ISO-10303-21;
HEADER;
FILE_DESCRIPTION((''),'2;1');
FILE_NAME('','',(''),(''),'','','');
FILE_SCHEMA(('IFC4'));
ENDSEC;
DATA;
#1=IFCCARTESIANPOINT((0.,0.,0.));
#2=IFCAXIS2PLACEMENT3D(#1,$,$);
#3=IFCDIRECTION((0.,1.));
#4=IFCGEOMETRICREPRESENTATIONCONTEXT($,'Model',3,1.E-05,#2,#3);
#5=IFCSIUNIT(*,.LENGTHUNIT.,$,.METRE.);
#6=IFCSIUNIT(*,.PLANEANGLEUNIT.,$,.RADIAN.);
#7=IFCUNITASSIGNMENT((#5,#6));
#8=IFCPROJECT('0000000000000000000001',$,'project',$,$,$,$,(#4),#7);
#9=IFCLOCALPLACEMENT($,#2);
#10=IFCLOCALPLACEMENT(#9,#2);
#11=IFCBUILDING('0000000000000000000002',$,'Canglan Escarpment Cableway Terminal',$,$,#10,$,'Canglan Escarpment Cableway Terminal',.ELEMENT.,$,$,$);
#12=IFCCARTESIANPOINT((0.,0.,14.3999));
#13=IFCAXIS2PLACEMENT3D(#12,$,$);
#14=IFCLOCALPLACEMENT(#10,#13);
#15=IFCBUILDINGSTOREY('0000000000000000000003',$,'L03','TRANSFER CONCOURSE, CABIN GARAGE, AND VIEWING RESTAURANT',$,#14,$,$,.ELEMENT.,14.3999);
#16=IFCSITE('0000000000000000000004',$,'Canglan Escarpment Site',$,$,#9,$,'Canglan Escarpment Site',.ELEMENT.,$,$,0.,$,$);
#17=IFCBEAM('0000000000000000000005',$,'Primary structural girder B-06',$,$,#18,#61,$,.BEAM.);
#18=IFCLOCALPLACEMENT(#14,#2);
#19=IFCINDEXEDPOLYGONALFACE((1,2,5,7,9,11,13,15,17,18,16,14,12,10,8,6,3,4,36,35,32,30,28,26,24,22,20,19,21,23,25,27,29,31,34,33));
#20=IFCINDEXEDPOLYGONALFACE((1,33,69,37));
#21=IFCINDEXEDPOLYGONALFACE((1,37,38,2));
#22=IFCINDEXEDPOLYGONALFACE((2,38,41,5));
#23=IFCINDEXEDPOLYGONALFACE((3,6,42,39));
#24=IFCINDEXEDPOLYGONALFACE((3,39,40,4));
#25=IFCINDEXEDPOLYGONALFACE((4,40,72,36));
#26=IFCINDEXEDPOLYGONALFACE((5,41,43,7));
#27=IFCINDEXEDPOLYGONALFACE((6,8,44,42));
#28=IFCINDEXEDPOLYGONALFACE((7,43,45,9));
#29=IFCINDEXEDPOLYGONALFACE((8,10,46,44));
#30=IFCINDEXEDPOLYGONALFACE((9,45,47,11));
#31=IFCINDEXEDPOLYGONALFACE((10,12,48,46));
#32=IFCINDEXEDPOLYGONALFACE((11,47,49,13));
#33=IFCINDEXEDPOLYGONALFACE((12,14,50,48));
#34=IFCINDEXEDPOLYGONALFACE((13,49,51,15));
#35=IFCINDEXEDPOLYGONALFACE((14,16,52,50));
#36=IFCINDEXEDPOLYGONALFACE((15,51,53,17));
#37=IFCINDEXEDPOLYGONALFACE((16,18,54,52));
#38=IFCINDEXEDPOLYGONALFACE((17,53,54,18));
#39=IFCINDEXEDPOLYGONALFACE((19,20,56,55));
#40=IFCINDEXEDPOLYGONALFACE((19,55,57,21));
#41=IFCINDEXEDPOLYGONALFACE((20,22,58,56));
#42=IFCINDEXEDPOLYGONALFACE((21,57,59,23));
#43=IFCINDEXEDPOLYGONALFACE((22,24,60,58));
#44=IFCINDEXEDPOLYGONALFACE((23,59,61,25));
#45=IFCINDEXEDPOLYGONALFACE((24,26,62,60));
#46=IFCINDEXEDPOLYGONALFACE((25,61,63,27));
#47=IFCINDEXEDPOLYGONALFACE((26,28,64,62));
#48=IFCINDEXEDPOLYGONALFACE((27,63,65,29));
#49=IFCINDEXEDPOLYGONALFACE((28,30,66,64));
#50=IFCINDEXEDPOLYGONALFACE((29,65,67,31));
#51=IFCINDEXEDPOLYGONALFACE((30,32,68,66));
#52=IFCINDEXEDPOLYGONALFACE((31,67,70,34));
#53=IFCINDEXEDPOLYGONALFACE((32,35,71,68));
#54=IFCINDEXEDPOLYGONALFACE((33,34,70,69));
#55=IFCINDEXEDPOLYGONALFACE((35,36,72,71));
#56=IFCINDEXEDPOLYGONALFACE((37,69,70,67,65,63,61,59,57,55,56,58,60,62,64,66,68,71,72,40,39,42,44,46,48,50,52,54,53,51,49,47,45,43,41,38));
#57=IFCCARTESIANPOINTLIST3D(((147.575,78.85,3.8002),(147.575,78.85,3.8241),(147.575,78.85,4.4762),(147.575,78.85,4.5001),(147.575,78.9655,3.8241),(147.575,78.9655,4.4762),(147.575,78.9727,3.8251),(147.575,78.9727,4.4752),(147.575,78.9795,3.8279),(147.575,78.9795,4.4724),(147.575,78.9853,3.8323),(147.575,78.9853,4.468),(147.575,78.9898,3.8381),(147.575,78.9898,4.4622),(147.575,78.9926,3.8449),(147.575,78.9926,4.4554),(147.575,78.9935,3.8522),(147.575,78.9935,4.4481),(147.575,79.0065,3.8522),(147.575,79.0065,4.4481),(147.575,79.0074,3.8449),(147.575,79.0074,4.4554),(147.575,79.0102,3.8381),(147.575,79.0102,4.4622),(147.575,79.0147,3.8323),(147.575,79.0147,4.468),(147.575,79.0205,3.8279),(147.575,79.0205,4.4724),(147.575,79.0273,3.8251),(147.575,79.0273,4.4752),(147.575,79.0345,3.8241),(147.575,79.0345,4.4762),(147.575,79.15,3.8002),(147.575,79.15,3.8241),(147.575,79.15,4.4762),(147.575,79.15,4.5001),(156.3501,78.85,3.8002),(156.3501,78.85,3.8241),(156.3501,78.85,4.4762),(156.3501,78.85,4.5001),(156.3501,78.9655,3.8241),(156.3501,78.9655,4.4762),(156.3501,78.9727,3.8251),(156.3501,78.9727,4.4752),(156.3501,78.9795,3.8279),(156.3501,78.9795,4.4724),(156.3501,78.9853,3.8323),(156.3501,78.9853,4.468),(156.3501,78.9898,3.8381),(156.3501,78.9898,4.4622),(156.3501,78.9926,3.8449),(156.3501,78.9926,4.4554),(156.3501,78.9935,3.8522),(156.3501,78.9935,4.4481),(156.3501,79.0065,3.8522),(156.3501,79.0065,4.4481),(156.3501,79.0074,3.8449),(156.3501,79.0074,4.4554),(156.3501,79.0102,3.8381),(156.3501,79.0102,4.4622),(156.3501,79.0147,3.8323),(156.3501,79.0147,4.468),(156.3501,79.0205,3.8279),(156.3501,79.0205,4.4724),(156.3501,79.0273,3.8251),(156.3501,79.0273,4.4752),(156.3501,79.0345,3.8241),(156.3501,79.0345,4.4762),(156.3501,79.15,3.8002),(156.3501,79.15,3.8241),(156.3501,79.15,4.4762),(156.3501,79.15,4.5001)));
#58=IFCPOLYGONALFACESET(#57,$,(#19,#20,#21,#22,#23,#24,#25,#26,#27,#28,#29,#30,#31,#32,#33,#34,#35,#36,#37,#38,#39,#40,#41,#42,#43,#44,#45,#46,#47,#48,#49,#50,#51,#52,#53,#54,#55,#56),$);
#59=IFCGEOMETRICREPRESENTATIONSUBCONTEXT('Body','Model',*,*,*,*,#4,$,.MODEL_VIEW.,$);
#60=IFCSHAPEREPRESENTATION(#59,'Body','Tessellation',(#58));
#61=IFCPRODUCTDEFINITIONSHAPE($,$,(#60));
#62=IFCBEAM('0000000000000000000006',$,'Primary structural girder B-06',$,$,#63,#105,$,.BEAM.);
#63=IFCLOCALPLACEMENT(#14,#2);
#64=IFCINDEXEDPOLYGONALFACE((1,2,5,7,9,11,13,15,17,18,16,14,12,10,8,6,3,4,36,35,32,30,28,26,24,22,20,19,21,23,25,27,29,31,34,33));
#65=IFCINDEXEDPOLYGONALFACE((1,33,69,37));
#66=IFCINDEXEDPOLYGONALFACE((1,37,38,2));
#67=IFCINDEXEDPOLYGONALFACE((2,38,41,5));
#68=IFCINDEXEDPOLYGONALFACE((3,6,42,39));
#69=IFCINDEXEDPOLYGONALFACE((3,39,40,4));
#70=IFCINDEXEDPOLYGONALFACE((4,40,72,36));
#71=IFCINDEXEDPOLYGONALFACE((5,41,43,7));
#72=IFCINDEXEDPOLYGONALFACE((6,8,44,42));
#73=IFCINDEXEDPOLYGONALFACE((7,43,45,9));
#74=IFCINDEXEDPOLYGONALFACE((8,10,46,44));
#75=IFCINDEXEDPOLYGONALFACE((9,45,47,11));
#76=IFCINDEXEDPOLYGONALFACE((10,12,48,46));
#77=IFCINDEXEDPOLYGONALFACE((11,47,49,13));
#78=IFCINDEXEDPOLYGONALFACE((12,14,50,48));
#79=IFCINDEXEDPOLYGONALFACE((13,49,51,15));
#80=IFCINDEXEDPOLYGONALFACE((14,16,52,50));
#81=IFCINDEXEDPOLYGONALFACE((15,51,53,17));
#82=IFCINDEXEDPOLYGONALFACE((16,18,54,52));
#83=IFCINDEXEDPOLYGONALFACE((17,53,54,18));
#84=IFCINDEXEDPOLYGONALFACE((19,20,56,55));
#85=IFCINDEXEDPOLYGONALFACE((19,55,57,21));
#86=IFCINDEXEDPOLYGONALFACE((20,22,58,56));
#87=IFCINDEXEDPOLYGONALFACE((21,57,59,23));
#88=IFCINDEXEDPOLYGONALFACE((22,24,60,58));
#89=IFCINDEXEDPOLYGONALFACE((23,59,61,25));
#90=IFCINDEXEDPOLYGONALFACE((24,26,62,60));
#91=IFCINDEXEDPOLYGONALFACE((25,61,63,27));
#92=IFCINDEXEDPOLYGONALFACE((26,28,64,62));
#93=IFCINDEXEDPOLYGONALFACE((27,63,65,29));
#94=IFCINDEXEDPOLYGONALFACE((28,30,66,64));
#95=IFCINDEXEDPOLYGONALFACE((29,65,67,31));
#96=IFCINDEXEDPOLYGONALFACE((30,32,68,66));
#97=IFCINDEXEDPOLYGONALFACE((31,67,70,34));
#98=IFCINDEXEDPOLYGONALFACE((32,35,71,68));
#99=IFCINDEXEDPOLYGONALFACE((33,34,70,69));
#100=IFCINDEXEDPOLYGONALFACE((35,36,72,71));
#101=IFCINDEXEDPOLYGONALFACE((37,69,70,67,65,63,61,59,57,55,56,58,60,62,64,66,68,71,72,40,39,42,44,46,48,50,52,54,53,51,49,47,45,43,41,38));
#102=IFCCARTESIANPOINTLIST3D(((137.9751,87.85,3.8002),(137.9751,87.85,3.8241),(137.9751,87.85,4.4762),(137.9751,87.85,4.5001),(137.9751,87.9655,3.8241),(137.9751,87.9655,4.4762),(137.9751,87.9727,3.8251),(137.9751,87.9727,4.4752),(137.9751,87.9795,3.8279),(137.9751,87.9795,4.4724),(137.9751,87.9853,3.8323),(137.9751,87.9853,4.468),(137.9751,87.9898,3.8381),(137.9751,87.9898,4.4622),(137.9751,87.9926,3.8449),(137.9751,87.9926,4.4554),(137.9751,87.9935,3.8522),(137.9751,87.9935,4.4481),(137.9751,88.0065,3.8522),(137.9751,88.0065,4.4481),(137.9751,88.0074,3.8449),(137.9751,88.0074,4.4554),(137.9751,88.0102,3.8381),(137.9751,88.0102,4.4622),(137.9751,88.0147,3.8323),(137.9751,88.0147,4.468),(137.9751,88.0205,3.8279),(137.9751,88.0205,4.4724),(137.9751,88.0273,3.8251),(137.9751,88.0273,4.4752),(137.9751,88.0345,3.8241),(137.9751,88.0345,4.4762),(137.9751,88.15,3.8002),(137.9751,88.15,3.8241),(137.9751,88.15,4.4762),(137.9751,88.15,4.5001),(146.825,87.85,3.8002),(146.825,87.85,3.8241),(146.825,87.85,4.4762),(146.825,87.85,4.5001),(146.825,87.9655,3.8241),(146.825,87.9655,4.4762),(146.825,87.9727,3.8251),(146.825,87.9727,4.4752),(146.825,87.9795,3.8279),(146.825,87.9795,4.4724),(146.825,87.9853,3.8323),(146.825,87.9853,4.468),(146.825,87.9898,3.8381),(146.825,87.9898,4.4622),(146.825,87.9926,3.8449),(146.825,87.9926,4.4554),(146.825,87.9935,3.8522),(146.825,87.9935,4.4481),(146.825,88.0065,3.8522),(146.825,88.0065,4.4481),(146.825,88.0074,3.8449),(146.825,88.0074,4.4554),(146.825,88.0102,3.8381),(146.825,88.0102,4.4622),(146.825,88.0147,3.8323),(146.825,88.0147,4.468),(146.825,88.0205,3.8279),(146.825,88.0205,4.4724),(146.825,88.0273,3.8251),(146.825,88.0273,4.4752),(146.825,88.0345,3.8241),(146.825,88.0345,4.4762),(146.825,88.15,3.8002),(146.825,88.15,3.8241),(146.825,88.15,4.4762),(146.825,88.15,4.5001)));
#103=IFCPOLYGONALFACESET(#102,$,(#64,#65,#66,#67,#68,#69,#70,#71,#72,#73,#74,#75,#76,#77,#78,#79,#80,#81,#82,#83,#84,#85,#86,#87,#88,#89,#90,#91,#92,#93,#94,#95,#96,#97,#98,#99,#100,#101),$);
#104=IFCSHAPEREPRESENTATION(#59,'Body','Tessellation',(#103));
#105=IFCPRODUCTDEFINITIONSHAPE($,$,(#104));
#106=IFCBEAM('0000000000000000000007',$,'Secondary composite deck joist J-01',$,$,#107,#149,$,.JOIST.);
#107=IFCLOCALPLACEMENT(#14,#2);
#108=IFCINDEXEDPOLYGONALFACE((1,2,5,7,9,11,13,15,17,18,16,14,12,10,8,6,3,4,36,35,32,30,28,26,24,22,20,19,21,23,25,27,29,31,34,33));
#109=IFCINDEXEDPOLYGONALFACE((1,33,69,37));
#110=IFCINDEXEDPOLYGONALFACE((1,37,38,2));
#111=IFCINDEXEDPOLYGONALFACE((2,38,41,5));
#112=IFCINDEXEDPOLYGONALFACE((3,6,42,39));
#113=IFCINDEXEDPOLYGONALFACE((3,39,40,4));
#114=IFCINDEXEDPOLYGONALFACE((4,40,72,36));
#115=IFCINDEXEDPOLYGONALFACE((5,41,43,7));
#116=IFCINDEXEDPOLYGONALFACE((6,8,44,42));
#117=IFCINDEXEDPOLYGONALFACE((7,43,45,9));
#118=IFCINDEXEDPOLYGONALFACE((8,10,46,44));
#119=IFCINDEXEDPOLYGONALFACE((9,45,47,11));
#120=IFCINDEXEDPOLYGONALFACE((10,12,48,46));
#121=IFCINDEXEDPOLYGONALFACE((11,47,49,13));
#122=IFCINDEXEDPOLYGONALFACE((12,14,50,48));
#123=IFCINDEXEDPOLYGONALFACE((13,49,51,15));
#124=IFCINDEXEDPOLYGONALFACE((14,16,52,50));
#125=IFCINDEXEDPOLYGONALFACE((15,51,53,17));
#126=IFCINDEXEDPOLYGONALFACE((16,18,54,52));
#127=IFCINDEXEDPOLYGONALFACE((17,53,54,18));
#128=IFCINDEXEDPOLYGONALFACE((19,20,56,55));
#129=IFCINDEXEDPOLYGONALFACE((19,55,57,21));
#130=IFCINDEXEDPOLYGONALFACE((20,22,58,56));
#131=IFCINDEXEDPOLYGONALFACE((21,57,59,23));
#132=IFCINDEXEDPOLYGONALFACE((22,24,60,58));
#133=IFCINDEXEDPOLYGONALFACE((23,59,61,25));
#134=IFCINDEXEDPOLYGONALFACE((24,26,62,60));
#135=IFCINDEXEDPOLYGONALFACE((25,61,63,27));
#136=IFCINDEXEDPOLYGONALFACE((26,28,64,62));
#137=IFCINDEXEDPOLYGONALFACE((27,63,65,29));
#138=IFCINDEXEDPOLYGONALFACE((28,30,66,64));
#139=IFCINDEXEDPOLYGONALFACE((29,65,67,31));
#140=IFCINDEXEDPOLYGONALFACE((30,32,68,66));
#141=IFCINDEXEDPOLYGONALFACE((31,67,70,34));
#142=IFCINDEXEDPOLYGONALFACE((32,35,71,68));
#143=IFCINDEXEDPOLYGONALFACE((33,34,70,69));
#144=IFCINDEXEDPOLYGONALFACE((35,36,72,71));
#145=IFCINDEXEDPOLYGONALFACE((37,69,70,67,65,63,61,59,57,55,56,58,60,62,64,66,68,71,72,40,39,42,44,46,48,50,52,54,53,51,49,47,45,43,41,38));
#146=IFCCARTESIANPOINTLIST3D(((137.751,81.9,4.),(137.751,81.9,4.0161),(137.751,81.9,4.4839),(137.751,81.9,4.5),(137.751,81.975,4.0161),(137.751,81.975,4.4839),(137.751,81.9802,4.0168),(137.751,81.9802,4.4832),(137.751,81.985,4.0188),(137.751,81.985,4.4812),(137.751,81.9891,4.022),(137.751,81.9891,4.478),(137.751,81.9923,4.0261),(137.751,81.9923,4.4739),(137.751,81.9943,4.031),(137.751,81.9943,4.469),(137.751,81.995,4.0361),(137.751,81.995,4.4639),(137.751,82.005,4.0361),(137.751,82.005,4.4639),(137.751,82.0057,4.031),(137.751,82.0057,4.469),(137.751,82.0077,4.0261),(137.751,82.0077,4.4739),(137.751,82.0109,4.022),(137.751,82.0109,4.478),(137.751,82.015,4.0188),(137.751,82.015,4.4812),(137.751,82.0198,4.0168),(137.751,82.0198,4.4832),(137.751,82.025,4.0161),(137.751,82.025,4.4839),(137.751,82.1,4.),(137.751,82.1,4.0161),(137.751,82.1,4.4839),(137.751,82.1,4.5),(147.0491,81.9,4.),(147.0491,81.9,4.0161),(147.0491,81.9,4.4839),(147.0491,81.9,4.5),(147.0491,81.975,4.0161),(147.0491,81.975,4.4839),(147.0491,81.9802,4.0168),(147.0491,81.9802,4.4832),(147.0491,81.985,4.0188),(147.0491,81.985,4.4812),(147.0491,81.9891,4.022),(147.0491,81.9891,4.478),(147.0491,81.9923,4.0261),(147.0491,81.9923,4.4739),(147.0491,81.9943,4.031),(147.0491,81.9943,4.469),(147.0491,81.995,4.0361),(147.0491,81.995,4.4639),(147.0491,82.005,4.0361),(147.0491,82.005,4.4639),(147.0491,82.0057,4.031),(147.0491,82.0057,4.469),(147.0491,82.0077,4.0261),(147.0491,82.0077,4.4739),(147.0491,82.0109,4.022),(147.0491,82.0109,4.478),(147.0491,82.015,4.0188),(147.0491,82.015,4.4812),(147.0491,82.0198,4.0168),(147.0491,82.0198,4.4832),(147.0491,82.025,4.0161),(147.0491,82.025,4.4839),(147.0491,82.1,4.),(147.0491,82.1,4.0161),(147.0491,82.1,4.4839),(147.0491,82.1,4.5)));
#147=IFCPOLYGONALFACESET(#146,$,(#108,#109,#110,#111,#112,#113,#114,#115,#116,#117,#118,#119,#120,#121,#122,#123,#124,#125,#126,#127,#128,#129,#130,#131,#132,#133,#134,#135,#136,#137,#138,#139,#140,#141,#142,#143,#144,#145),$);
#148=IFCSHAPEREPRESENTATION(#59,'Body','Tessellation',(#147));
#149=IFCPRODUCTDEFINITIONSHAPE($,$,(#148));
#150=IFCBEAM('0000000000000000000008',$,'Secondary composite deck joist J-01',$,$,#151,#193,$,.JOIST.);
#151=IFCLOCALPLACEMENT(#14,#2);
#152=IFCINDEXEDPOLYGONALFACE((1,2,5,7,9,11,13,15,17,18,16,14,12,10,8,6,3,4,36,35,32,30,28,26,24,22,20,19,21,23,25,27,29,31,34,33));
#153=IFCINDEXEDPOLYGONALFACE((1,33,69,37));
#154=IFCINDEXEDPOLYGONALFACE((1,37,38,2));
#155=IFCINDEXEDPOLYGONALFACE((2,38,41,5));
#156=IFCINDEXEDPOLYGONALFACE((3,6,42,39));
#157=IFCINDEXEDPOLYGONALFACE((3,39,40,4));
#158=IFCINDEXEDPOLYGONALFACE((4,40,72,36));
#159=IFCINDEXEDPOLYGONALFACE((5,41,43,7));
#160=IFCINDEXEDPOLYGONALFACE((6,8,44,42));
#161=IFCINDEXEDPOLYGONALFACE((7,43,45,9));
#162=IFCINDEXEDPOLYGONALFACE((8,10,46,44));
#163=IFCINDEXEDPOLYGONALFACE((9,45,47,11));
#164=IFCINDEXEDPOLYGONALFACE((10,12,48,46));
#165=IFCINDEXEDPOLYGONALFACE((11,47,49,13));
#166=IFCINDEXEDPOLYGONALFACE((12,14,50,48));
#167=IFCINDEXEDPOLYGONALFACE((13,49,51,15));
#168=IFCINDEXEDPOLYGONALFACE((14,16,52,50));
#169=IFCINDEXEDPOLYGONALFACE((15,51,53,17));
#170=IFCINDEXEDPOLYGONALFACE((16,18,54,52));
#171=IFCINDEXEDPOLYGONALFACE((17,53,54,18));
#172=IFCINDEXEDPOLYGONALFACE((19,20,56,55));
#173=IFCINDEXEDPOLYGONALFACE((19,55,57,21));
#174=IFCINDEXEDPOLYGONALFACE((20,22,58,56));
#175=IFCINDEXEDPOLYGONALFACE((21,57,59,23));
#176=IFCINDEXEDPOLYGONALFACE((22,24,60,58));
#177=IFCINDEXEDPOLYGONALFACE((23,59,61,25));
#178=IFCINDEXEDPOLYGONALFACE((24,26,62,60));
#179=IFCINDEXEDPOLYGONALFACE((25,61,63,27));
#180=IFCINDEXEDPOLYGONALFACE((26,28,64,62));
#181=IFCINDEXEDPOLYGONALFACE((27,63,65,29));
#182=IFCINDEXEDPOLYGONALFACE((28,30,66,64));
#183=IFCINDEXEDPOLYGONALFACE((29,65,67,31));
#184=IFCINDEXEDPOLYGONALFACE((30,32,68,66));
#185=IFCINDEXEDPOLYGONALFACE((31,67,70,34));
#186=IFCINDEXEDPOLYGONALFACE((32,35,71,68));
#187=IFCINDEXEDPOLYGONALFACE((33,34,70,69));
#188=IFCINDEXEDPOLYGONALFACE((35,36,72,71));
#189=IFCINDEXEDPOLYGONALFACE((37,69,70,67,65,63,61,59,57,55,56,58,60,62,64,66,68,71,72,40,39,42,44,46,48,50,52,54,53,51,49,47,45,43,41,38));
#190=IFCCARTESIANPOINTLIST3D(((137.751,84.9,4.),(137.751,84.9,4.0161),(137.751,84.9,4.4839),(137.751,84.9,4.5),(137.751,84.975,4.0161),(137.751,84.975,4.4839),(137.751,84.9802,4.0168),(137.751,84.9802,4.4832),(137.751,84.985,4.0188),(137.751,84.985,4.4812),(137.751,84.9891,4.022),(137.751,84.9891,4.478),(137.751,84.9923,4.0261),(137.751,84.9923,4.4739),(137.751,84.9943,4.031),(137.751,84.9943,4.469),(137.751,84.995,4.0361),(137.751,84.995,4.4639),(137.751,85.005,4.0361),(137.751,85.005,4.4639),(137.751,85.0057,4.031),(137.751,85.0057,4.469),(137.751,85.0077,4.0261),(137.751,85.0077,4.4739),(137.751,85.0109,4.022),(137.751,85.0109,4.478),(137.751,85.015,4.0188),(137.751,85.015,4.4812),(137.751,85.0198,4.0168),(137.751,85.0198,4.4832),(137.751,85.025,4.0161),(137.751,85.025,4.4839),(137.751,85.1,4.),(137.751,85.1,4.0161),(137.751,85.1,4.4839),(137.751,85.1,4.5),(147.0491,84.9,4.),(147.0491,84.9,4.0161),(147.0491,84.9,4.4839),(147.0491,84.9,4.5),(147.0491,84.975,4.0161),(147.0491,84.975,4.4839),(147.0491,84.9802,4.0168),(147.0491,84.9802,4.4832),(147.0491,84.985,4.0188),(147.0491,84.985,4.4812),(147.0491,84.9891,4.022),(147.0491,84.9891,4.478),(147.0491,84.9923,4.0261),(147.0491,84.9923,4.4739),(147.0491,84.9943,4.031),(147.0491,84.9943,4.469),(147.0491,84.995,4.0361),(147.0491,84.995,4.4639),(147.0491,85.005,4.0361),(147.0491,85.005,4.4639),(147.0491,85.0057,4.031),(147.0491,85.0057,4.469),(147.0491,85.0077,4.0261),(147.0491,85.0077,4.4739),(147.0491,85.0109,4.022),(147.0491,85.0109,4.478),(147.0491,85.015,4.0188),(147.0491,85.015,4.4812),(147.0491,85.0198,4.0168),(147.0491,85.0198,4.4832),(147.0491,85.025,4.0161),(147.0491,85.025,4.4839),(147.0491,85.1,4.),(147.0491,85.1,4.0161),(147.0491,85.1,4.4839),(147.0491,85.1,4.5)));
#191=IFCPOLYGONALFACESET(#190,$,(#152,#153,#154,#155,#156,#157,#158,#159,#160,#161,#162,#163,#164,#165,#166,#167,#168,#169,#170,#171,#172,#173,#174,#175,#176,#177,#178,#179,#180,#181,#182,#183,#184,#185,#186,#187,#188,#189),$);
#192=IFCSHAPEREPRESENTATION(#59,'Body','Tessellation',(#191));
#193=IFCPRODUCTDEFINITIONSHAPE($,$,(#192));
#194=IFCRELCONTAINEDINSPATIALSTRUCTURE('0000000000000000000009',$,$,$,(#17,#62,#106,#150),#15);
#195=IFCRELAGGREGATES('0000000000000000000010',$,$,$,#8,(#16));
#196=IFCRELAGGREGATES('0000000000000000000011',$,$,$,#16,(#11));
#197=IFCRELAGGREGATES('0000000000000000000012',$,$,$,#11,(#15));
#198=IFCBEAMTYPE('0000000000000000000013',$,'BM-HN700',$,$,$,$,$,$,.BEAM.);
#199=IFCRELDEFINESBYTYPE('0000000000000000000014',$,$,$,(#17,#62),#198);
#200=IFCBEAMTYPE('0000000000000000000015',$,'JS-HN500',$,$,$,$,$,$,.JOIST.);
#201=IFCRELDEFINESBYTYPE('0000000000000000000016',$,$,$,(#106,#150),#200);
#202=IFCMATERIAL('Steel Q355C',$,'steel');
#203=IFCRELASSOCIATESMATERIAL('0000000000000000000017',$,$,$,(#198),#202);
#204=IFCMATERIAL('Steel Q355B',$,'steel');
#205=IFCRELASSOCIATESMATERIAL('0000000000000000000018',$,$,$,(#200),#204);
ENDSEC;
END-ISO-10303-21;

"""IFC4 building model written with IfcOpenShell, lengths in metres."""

from ifc_helpers import new_model, si_unit, direction, frame, origin, origin_2d, place, context, subcontext, project, spatial, i_section, extrude, material, material_profile, profile_set, type_object, element, save


model = new_model("IFC4")

# Units and contexts
model_context = context("Model", 3, precision=1e-05, world=origin(), true_north=direction((0.0, 1.0)))
body_context = subcontext(model_context, "Body", "Model", "MODEL_VIEW")
ifc_project = project(units=[si_unit("LENGTHUNIT", "METRE"), si_unit("PLANEANGLEUNIT", "RADIAN")], contexts=[model_context])

# Site, building, storey
site_placement = place(None, origin())
site = spatial("IfcSite", under=ifc_project, at=site_placement, Name="Canglan Escarpment Site", LongName="Canglan Escarpment Site", CompositionType="ELEMENT", RefElevation=0.0)
building_placement = place(site_placement, origin())
building = spatial("IfcBuilding", under=site, at=building_placement, Name="Canglan Escarpment Cableway Terminal", LongName="Canglan Escarpment Cableway Terminal", CompositionType="ELEMENT")
storey_placement = place(building_placement, frame((0.0, 0.0, 14.3999)))
storey = spatial("IfcBuildingStorey", under=building, at=storey_placement, Name="L03", Description="TRANSFER CONCOURSE, CABIN GARAGE, AND VIEWING RESTAURANT", CompositionType="ELEMENT", Elevation=14.3999)

# Beams
ifc_material_1 = material(Name="Steel Q355C", Category="steel")
ifc_material_profile_1 = material_profile(ifc_material_1, i_section(OverallWidth=0.3, OverallDepth=0.7, WebThickness=0.0129, FlangeThickness=0.0239, FilletRadius=0.0281, at=origin_2d()), Name="HN 700x300x13x24")
ifc_profile_set_1 = profile_set([ifc_material_profile_1], Name="Steel Q355C")
beam_type_1 = type_object("IfcBeamType", Name="BM-HN700", PredefinedType="BEAM", material=ifc_profile_set_1)
beam_1_placement = place(storey_placement, frame((147.575, 79.0, 4.1501), z_axis=(1.0, 0.0, 0.0), x_axis=(0.0, 1.0, 0.0)))
element("IfcBeam", 1, at=beam_1_placement, inside=storey, type_object=beam_type_1, Name="Primary structural girder B-06", PredefinedType="BEAM", context=body_context, shape_type="SweptSolid", body=[
    extrude(i_section(OverallWidth=0.3, OverallDepth=0.7, WebThickness=0.0129, FlangeThickness=0.0239, FilletRadius=0.0281, at=origin_2d()), origin(), (0.0, 0.0, 1.0), 8.7751),
])
beam_2_placement = place(storey_placement, frame((137.9751, 88.0, 4.1501), z_axis=(1.0, 0.0, 0.0), x_axis=(0.0, 1.0, 0.0)))
element("IfcBeam", 2, at=beam_2_placement, inside=storey, type_object=beam_type_1, Name="Primary structural girder B-06", PredefinedType="BEAM", context=body_context, shape_type="SweptSolid", body=[
    extrude(i_section(OverallWidth=0.3, OverallDepth=0.7, WebThickness=0.0129, FlangeThickness=0.0239, FilletRadius=0.0281, at=origin_2d()), origin(), (0.0, 0.0, 1.0), 8.8499),
])
ifc_material_2 = material(Name="Steel Q355B", Category="steel")
ifc_material_profile_2 = material_profile(ifc_material_2, i_section(OverallWidth=0.2, OverallDepth=0.5, WebThickness=0.01, FlangeThickness=0.0161, FilletRadius=0.02, at=origin_2d()), Name="HN 500x200x10x16")
ifc_profile_set_2 = profile_set([ifc_material_profile_2], Name="Steel Q355B")
beam_type_2 = type_object("IfcBeamType", Name="JS-HN500", PredefinedType="JOIST", material=ifc_profile_set_2)
for number, where, z_axis, x_axis, name in (
    (3, (137.751, 82.0, 4.25), (1.0, 0.0, 0.0), (0.0, 1.0, 0.0), "Secondary composite deck joist J-01"),
    (4, (137.751, 85.0, 4.25), (1.0, 0.0, 0.0), (0.0, 1.0, 0.0), "Secondary composite deck joist J-01"),
):
    element("IfcBeam", number, at=place(storey_placement, frame(where, z_axis=z_axis, x_axis=x_axis)), inside=storey, type_object=beam_type_2, Name=name, PredefinedType="JOIST", context=body_context, shape_type="SweptSolid", body=[
        extrude(i_section(OverallWidth=0.2, OverallDepth=0.5, WebThickness=0.01, FlangeThickness=0.0161, FilletRadius=0.02, at=origin_2d()), origin(), (0.0, 0.0, 1.0), 9.2981),
    ])

save(model, "model.ifc")
